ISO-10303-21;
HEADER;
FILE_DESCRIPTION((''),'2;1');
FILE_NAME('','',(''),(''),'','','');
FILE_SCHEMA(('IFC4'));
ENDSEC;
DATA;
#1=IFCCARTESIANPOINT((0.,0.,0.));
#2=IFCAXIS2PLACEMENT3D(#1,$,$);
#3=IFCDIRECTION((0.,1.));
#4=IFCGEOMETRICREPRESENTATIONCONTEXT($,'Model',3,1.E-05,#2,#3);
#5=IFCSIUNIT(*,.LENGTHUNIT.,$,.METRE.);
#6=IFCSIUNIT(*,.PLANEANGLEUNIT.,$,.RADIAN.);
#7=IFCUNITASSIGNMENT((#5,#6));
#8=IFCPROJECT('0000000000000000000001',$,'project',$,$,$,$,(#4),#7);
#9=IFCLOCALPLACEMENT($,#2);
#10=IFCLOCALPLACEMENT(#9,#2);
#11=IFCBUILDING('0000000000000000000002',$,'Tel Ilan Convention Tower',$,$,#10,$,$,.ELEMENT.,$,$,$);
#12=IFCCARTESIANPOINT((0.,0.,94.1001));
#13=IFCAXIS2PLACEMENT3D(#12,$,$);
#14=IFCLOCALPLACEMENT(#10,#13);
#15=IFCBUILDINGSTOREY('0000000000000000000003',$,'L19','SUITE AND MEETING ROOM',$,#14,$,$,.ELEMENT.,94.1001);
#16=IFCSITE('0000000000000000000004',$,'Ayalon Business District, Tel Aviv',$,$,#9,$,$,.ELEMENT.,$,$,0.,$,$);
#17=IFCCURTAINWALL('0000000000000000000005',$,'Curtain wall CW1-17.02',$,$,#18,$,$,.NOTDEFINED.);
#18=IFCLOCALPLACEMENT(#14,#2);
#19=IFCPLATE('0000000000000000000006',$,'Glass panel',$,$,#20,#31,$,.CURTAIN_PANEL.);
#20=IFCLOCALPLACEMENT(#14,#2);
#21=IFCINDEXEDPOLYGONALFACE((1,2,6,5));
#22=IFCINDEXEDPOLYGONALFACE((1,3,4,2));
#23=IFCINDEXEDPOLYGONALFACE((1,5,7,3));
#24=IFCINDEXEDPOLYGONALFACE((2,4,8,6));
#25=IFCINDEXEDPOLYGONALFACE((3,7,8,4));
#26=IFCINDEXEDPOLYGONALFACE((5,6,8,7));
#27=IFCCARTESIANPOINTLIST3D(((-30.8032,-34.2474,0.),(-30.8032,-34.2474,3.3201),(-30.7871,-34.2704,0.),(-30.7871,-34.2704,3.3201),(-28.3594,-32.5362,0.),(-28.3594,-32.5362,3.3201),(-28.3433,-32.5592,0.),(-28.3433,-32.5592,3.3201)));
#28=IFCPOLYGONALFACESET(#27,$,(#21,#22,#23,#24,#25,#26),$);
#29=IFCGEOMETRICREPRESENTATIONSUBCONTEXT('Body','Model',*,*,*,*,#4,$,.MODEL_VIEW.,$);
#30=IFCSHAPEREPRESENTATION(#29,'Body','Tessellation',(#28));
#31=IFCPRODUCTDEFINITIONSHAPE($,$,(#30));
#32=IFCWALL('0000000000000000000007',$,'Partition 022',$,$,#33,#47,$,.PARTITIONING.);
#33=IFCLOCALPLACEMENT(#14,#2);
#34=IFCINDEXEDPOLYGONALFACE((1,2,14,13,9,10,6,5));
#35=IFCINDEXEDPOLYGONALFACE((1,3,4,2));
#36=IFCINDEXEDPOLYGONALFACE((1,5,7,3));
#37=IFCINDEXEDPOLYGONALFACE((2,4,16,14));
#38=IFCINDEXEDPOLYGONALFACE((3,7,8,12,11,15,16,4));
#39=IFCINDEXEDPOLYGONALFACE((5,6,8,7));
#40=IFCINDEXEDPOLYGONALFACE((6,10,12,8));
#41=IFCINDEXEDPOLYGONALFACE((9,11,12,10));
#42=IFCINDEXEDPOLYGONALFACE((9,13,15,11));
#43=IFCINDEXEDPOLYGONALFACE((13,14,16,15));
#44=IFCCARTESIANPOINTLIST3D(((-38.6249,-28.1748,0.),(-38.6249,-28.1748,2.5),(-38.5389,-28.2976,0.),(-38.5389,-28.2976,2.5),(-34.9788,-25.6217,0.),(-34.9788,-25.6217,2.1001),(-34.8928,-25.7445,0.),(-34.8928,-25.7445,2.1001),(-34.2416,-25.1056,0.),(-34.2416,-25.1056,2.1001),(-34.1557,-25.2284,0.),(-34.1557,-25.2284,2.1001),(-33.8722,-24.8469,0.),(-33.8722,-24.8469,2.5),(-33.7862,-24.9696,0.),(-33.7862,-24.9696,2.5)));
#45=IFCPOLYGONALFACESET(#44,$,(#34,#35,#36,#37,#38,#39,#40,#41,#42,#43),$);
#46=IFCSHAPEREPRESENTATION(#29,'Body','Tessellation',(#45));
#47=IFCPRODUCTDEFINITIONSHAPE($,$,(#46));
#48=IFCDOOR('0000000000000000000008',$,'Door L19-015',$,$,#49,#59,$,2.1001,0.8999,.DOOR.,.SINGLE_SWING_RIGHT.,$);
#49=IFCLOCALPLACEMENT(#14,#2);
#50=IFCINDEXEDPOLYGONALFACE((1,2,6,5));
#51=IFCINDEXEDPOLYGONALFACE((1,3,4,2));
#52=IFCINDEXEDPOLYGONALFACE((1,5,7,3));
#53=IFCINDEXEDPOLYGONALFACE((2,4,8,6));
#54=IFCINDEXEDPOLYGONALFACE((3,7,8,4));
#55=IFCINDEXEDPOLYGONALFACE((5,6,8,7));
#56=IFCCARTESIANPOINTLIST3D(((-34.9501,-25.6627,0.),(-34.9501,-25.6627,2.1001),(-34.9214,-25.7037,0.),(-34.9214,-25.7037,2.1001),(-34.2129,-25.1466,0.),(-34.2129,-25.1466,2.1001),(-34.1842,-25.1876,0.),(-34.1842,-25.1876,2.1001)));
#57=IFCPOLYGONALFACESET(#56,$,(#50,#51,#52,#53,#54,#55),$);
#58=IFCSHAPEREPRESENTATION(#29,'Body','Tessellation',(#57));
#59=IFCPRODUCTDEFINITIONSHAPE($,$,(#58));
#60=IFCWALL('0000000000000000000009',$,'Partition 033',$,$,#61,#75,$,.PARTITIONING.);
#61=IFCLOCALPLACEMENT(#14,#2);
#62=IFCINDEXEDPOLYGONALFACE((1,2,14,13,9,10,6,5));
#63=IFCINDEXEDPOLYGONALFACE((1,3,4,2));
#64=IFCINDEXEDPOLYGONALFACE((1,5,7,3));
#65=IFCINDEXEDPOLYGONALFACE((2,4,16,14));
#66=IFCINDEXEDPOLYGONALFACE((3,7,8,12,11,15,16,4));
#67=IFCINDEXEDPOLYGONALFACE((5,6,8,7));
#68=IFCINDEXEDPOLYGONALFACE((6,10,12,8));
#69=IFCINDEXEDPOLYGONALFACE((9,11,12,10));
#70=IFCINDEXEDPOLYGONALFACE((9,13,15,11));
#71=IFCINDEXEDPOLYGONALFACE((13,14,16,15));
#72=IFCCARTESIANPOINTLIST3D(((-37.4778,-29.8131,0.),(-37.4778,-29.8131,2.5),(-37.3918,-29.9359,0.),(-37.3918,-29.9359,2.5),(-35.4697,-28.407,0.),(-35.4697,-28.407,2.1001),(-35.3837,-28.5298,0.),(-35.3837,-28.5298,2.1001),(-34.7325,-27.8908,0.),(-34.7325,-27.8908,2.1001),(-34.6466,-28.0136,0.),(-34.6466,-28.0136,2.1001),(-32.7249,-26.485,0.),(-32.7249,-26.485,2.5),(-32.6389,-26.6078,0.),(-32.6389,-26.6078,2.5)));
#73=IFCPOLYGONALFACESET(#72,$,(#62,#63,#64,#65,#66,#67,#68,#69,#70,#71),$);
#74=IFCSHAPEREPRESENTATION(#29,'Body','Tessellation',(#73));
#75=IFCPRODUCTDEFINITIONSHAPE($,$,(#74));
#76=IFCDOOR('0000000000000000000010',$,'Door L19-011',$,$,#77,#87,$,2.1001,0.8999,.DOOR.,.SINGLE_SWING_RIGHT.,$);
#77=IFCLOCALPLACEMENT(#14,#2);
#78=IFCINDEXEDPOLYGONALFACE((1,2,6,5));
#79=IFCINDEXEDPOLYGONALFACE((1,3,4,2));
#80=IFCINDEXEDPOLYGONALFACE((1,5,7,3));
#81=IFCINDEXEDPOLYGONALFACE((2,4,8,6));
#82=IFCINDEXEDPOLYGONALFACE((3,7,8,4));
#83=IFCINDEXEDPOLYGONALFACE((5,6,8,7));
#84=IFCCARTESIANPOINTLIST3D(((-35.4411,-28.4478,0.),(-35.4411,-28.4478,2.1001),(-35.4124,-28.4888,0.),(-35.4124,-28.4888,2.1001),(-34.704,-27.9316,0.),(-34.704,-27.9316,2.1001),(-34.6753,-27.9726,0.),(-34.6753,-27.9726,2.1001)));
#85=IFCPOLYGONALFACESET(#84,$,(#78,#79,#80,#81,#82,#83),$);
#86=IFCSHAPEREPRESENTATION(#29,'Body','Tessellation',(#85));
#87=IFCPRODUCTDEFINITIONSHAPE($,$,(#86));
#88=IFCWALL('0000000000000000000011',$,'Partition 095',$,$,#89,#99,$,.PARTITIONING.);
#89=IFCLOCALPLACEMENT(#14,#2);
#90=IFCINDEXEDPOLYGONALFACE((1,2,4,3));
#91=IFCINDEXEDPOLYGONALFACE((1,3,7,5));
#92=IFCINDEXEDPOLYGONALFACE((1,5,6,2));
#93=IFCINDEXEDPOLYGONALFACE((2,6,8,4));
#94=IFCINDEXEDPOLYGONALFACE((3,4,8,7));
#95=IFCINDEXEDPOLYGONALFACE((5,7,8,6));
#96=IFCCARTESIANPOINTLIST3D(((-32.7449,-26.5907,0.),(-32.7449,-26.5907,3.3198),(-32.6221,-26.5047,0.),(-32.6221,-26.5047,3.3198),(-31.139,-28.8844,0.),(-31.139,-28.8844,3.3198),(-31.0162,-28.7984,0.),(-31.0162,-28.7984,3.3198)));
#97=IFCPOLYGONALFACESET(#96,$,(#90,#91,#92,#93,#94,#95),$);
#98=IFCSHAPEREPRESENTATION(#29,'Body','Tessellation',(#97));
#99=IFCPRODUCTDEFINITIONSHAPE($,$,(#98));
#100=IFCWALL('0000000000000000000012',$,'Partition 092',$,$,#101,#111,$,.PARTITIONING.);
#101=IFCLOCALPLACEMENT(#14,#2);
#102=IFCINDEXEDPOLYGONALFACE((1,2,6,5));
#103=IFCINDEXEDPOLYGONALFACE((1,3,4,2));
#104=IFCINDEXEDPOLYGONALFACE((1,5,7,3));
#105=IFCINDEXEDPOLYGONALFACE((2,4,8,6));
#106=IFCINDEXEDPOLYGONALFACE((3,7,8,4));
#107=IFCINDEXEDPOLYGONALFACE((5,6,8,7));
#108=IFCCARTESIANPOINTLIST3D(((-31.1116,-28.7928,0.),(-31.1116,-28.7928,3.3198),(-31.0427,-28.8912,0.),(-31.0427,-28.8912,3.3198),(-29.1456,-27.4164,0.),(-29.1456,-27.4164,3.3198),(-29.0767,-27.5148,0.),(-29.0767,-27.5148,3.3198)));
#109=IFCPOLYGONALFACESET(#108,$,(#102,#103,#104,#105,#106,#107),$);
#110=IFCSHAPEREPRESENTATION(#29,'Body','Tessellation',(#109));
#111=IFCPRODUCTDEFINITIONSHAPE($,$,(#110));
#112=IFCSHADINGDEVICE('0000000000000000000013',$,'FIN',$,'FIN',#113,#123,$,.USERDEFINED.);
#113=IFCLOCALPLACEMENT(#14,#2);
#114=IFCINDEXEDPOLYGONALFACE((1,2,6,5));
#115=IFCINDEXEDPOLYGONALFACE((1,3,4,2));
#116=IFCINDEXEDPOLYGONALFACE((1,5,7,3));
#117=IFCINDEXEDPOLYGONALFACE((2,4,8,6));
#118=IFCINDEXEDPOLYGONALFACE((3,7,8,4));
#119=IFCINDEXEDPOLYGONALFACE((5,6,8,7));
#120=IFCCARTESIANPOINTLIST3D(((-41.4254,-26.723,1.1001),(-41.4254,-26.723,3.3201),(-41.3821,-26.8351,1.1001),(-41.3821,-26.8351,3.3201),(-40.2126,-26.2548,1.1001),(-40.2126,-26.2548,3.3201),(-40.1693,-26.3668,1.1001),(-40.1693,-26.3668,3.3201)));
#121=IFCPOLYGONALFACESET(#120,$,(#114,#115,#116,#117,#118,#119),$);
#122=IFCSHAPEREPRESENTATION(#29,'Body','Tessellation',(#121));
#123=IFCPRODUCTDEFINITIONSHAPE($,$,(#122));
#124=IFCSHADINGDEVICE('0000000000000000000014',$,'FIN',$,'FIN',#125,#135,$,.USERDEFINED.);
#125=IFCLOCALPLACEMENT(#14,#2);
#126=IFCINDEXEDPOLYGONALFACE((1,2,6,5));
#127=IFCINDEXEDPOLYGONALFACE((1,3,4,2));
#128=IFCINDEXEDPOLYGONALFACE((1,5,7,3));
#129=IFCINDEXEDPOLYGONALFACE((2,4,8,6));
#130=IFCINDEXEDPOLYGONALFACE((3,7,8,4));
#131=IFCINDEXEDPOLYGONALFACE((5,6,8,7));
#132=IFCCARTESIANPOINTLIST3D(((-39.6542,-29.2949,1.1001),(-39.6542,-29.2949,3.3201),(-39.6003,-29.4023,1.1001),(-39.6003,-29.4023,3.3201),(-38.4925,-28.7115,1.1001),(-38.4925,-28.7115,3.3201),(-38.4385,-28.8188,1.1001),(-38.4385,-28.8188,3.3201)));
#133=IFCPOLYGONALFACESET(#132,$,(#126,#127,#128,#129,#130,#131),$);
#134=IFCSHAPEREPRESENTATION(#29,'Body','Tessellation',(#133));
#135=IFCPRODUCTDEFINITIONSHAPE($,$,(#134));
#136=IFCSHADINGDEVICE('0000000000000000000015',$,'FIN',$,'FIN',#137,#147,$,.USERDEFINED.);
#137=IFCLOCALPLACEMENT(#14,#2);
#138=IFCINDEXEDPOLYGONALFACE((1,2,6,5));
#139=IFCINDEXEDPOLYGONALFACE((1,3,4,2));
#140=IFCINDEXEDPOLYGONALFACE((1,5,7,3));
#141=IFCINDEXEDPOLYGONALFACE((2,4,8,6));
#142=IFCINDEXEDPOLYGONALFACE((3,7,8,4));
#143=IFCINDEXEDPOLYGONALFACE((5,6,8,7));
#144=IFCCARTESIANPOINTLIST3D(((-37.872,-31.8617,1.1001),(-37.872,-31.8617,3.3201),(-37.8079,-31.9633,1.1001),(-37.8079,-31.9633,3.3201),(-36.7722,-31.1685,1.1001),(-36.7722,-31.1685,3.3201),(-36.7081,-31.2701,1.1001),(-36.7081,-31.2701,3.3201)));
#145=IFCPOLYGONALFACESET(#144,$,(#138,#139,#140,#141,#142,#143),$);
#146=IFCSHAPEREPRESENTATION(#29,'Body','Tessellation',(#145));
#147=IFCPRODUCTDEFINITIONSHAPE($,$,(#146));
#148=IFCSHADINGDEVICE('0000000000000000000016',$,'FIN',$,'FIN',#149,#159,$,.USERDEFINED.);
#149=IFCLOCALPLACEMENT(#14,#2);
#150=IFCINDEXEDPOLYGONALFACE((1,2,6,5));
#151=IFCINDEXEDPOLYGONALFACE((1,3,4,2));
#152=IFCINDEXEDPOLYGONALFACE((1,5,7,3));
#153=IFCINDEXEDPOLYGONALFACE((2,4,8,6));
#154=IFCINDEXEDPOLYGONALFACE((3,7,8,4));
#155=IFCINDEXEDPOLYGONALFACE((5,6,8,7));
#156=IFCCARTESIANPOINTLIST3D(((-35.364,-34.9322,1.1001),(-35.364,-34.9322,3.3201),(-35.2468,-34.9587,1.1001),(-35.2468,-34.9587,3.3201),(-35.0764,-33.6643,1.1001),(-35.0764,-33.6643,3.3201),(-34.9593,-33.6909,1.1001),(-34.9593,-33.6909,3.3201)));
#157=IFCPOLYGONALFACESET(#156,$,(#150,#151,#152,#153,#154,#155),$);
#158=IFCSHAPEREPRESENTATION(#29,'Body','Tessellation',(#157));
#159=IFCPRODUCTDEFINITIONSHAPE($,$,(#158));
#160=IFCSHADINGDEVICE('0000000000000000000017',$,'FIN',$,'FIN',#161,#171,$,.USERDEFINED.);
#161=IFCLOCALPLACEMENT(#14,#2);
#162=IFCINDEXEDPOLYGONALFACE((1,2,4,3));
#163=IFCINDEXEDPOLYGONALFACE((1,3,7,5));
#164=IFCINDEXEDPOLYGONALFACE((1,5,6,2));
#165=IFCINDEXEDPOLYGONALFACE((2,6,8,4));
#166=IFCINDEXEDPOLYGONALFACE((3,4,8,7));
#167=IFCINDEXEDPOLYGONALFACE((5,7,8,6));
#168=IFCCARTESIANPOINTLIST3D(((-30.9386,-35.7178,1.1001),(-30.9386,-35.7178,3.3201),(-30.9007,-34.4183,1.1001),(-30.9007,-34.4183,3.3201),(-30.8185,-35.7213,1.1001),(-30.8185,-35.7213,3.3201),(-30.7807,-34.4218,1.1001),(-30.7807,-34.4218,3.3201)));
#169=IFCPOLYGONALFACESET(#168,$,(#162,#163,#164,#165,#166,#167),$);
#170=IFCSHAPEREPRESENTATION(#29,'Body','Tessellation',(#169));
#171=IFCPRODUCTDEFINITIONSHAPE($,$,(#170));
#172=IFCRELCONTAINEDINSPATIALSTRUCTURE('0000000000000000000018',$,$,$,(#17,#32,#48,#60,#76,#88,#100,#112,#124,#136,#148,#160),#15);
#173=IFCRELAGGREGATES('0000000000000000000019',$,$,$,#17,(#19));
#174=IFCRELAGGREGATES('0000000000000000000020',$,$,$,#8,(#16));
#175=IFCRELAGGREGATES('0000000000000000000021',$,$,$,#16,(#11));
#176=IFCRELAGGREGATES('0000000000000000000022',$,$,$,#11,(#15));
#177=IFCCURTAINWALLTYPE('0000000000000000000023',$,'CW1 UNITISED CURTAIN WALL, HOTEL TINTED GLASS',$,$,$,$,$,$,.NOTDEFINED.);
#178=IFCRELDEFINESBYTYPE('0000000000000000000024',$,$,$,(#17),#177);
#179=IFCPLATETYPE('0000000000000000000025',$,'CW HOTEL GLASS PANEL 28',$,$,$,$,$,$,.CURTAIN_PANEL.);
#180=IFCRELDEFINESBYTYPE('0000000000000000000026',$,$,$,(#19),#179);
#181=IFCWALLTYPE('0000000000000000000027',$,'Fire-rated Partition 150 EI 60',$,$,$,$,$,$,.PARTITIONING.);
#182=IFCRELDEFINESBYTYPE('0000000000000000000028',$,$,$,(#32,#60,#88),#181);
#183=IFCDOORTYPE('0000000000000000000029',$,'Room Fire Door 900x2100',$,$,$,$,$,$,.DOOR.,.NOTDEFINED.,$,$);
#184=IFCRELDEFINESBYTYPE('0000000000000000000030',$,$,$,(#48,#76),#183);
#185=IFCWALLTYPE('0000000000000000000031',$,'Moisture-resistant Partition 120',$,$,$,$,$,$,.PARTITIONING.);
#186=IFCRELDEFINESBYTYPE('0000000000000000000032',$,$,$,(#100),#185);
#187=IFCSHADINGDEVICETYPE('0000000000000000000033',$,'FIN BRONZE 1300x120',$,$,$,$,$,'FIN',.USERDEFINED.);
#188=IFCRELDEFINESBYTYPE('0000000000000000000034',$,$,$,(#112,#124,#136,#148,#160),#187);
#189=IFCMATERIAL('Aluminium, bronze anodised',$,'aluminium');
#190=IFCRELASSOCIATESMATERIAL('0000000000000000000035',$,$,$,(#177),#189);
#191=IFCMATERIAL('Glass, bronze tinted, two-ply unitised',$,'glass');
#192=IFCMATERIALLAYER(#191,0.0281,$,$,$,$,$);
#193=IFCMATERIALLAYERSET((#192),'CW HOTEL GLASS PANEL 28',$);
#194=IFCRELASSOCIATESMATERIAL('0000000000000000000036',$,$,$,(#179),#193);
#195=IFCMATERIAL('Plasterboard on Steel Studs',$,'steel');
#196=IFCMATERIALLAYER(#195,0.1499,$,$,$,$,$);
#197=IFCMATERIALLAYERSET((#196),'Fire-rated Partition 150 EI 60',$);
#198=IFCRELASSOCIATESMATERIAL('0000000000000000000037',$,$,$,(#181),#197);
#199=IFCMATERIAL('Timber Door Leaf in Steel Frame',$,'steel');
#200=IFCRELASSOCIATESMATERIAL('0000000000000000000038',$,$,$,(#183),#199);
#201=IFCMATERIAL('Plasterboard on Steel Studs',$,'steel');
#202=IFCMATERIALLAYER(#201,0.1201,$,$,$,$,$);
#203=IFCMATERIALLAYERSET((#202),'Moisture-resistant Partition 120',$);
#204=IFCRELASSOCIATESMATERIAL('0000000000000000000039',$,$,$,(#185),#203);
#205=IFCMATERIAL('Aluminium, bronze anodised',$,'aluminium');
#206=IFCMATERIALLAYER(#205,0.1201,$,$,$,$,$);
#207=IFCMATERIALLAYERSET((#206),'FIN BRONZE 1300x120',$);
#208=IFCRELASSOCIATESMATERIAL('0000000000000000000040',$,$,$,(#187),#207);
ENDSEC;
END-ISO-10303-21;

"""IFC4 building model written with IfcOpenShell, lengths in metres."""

from ifc_helpers import new_model, si_unit, direction, frame, frame_2d, origin, origin_2d, place, context, subcontext, project, spatial, rectangle, extrude, material, layer, layer_set, type_object, element, fill, aggregate, save


model = new_model("IFC4")

# Units and contexts
model_context = context("Model", 3, precision=1e-05, world=origin(), true_north=direction((0.0, 1.0)))
body_context = subcontext(model_context, "Body", "Model", "MODEL_VIEW")
ifc_project = project(units=[si_unit("LENGTHUNIT", "METRE"), si_unit("PLANEANGLEUNIT", "RADIAN")], contexts=[model_context])

# Site, building, storey
site_placement = place(None, origin())
site = spatial("IfcSite", under=ifc_project, at=site_placement, Name="Ayalon Business District, Tel Aviv", CompositionType="ELEMENT", RefElevation=0.0)
building_placement = place(site_placement, origin())
building = spatial("IfcBuilding", under=site, at=building_placement, Name="Tel Ilan Convention Tower", CompositionType="ELEMENT")
storey_placement = place(building_placement, frame((0.0, 0.0, 94.1001)))
storey = spatial("IfcBuildingStorey", under=building, at=storey_placement, Name="L19", Description="SUITE AND MEETING ROOM", CompositionType="ELEMENT", Elevation=94.1001)

# Curtain wall, plate
ifc_material_1 = material(Name="Aluminium, bronze anodised", Category="aluminium")
curtain_wall_type = type_object("IfcCurtainWallType", Name="CW1 UNITISED CURTAIN WALL, HOTEL TINTED GLASS", PredefinedType="NOTDEFINED", material=ifc_material_1)
curtain_wall_placement = place(storey_placement, origin())
curtain_wall = element("IfcCurtainWall", 1, at=curtain_wall_placement, inside=storey, type_object=curtain_wall_type, Name="Curtain wall CW1-17.02", PredefinedType="NOTDEFINED")
ifc_material_2 = material(Name="Glass, bronze tinted, two-ply unitised", Category="glass")
ifc_layer_1 = layer(ifc_material_2, 0.0281)
ifc_layer_set_1 = layer_set([ifc_layer_1], Name="CW HOTEL GLASS PANEL 28")
plate_type = type_object("IfcPlateType", Name="CW HOTEL GLASS PANEL 28", PredefinedType="CURTAIN_PANEL", material=ifc_layer_set_1)
plate_1_placement = place(storey_placement, frame((-29.5732, -33.4033, 0.0), z_axis=(0.0, 0.0, 1.0), x_axis=(0.819152, 0.573576, 0.0)))
plate_1 = element("IfcPlate", 2, at=plate_1_placement, type_object=plate_type, Name="Glass panel", PredefinedType="CURTAIN_PANEL", context=body_context, shape_type="SweptSolid", body=[
    extrude(rectangle(XDim=2.9834, YDim=0.0281, at=origin_2d()), origin(), (0.0, 0.0, 1.0), 3.3201),
])
aggregate(curtain_wall, [plate_1])

# Walls, openings, doors
ifc_material_3 = material(Name="Plasterboard on Steel Studs", Category="steel")
ifc_layer_2 = layer(ifc_material_3, 0.1499)
ifc_layer_set_2 = layer_set([ifc_layer_2], Name="Fire-rated Partition 150 EI 60")
wall_type_1 = type_object("IfcWallType", Name="Fire-rated Partition 150 EI 60", PredefinedType="PARTITIONING", material=ifc_layer_set_2)
wall_1_placement = place(storey_placement, frame((-38.5818, -28.2361, 0.0), z_axis=(0.0, 0.0, 1.0), x_axis=(0.819151, 0.573578, 0.0)))
wall_1 = element("IfcWall", 3, at=wall_1_placement, inside=storey, type_object=wall_type_1, Name="Partition 022", PredefinedType="PARTITIONING", context=body_context, shape_type="SweptSolid", body=[
    extrude(rectangle(XDim=5.802, YDim=0.1499, at=frame_2d((2.9009, 0.0))), origin(), (0.0, 0.0, 1.0), 2.5),
])
opening_1_placement = place(wall_1_placement, frame((4.4509, 0.0, 0.0)))
opening_1 = element("IfcOpeningElement", 4, at=opening_1_placement, cuts=wall_1, PredefinedType="OPENING", context=body_context, shape_type="SweptSolid", body=[
    extrude(rectangle(XDim=0.8999, YDim=2.1001, at=frame_2d((0.45, 1.05))), frame((0.0, 0.085, 0.0), z_axis=(0.0, -1.0, 0.0), x_axis=(1.0, 0.0, 0.0)), (0.0, 0.0, 1.0), 0.1699),
])
ifc_material_4 = material(Name="Timber Door Leaf in Steel Frame", Category="steel")
door_type = type_object("IfcDoorType", Name="Room Fire Door 900x2100", OperationType="NOTDEFINED", PredefinedType="DOOR", material=ifc_material_4)
door_1_placement = place(opening_1_placement, origin())
door_1 = element("IfcDoor", 5, at=door_1_placement, inside=storey, type_object=door_type, Name="Door L19-015", OperationType="SINGLE_SWING_RIGHT", OverallHeight=2.1001, OverallWidth=0.8999, PredefinedType="DOOR", context=body_context, shape_type="SweptSolid", body=[
    extrude(rectangle(XDim=0.8999, YDim=2.1001, at=frame_2d((0.45, 1.05))), frame((0.0, 0.0249, 0.0), z_axis=(0.0, -1.0, 0.0), x_axis=(1.0, 0.0, 0.0)), (0.0, 0.0, 1.0), 0.05),
])
fill(opening_1, door_1)
wall_2_placement = place(storey_placement, frame((-32.6819, -26.5464, 0.0), z_axis=(0.0, 0.0, 1.0), x_axis=(-0.819145, -0.573587, 0.0)))
wall_2 = element("IfcWall", 6, at=wall_2_placement, inside=storey, type_object=wall_type_1, Name="Partition 033", PredefinedType="PARTITIONING", context=body_context, shape_type="SweptSolid", body=[
    extrude(rectangle(XDim=5.8022, YDim=0.1499, at=frame_2d((2.9011, 0.0))), origin(), (0.0, 0.0, 1.0), 2.5),
])
opening_2_placement = place(wall_2_placement, frame((2.4509, 0.0, 0.0)))
opening_2 = element("IfcOpeningElement", 7, at=opening_2_placement, cuts=wall_2, PredefinedType="OPENING", context=body_context, shape_type="SweptSolid", body=[
    extrude(rectangle(XDim=0.8999, YDim=2.1001, at=frame_2d((0.45, 1.05))), frame((0.0, 0.085, 0.0), z_axis=(0.0, -1.0, 0.0), x_axis=(1.0, 0.0, 0.0)), (0.0, 0.0, 1.0), 0.1699),
])
door_2_placement = place(opening_2_placement, origin())
door_2 = element("IfcDoor", 8, at=door_2_placement, inside=storey, type_object=door_type, Name="Door L19-011", OperationType="SINGLE_SWING_RIGHT", OverallHeight=2.1001, OverallWidth=0.8999, PredefinedType="DOOR", context=body_context, shape_type="SweptSolid", body=[
    extrude(rectangle(XDim=0.8999, YDim=2.1001, at=frame_2d((0.45, 1.05))), frame((0.0, 0.0249, 0.0), z_axis=(0.0, -1.0, 0.0), x_axis=(1.0, 0.0, 0.0)), (0.0, 0.0, 1.0), 0.05),
])
fill(opening_2, door_2)

# Walls
wall_3_placement = place(storey_placement, frame((-31.0776, -28.8413, 0.0), z_axis=(0.0, 0.0, 1.0), x_axis=(-0.57355, 0.81917, 0.0)))
element("IfcWall", 9, at=wall_3_placement, inside=storey, type_object=wall_type_1, Name="Partition 095", PredefinedType="PARTITIONING", context=body_context, shape_type="SweptSolid", body=[
    extrude(rectangle(XDim=2.8, YDim=0.1499, at=frame_2d((1.3999, 0.0))), origin(), (0.0, 0.0, 1.0), 3.3198),
])
ifc_material_5 = material(Name="Plasterboard on Steel Studs", Category="steel")
ifc_layer_3 = layer(ifc_material_5, 0.1201)
ifc_layer_set_3 = layer_set([ifc_layer_3], Name="Moisture-resistant Partition 120")
wall_type_2 = type_object("IfcWallType", Name="Moisture-resistant Partition 120", PredefinedType="PARTITIONING", material=ifc_layer_set_3)
wall_4_placement = place(storey_placement, frame((-31.0771, -28.842, 0.0), z_axis=(0.0, 0.0, 1.0), x_axis=(0.819189, 0.573524, 0.0)))
element("IfcWall", 10, at=wall_4_placement, inside=storey, type_object=wall_type_2, Name="Partition 092", PredefinedType="PARTITIONING", context=body_context, shape_type="SweptSolid", body=[
    extrude(rectangle(XDim=2.3999, YDim=0.1201, at=frame_2d((1.2, 0.0))), origin(), (0.0, 0.0, 1.0), 3.3198),
])

# Shading devices
ifc_material_6 = material(Name="Aluminium, bronze anodised", Category="aluminium")
ifc_layer_4 = layer(ifc_material_6, 0.1201)
ifc_layer_set_4 = layer_set([ifc_layer_4], Name="FIN BRONZE 1300x120")
shading_device_type = type_object("IfcShadingDeviceType", Name="FIN BRONZE 1300x120", ElementType="FIN", PredefinedType="USERDEFINED", material=ifc_layer_set_4)
for number, where, z_axis, x_axis, name in (
    (11, (-40.7974, -26.5449, 1.1001), (0.0, 0.0, 1.0), (-0.932884, -0.360178, 0.0), "FIN"),
    (12, (-39.0464, -29.0569, 1.1001), (0.0, 0.0, 1.0), (-0.893633, -0.448799, 0.0), "FIN"),
    (13, (-37.29, -31.5659, 1.1001), (0.0, 0.0, 1.0), (-0.845986, -0.533204, 0.0), "FIN"),
    (14, (-35.1616, -34.3115, 1.1001), (0.0, 0.0, 1.0), (-0.22117, -0.975235, 0.0), "FIN"),
    (15, (-30.8596, -35.0698, 1.1001), (0.0, 0.0, 1.0), (-0.029085, -0.999577, 0.0), "FIN"),
):
    element("IfcShadingDevice", number, at=place(storey_placement, frame(where, z_axis=z_axis, x_axis=x_axis)), inside=storey, type_object=shading_device_type, Name=name, ObjectType="FIN", PredefinedType="USERDEFINED", context=body_context, shape_type="SweptSolid", body=[
        extrude(rectangle(XDim=1.3, YDim=0.1201, at=origin_2d()), origin(), (0.0, 0.0, 1.0), 2.22),
    ])

save(model, "model.ifc")
